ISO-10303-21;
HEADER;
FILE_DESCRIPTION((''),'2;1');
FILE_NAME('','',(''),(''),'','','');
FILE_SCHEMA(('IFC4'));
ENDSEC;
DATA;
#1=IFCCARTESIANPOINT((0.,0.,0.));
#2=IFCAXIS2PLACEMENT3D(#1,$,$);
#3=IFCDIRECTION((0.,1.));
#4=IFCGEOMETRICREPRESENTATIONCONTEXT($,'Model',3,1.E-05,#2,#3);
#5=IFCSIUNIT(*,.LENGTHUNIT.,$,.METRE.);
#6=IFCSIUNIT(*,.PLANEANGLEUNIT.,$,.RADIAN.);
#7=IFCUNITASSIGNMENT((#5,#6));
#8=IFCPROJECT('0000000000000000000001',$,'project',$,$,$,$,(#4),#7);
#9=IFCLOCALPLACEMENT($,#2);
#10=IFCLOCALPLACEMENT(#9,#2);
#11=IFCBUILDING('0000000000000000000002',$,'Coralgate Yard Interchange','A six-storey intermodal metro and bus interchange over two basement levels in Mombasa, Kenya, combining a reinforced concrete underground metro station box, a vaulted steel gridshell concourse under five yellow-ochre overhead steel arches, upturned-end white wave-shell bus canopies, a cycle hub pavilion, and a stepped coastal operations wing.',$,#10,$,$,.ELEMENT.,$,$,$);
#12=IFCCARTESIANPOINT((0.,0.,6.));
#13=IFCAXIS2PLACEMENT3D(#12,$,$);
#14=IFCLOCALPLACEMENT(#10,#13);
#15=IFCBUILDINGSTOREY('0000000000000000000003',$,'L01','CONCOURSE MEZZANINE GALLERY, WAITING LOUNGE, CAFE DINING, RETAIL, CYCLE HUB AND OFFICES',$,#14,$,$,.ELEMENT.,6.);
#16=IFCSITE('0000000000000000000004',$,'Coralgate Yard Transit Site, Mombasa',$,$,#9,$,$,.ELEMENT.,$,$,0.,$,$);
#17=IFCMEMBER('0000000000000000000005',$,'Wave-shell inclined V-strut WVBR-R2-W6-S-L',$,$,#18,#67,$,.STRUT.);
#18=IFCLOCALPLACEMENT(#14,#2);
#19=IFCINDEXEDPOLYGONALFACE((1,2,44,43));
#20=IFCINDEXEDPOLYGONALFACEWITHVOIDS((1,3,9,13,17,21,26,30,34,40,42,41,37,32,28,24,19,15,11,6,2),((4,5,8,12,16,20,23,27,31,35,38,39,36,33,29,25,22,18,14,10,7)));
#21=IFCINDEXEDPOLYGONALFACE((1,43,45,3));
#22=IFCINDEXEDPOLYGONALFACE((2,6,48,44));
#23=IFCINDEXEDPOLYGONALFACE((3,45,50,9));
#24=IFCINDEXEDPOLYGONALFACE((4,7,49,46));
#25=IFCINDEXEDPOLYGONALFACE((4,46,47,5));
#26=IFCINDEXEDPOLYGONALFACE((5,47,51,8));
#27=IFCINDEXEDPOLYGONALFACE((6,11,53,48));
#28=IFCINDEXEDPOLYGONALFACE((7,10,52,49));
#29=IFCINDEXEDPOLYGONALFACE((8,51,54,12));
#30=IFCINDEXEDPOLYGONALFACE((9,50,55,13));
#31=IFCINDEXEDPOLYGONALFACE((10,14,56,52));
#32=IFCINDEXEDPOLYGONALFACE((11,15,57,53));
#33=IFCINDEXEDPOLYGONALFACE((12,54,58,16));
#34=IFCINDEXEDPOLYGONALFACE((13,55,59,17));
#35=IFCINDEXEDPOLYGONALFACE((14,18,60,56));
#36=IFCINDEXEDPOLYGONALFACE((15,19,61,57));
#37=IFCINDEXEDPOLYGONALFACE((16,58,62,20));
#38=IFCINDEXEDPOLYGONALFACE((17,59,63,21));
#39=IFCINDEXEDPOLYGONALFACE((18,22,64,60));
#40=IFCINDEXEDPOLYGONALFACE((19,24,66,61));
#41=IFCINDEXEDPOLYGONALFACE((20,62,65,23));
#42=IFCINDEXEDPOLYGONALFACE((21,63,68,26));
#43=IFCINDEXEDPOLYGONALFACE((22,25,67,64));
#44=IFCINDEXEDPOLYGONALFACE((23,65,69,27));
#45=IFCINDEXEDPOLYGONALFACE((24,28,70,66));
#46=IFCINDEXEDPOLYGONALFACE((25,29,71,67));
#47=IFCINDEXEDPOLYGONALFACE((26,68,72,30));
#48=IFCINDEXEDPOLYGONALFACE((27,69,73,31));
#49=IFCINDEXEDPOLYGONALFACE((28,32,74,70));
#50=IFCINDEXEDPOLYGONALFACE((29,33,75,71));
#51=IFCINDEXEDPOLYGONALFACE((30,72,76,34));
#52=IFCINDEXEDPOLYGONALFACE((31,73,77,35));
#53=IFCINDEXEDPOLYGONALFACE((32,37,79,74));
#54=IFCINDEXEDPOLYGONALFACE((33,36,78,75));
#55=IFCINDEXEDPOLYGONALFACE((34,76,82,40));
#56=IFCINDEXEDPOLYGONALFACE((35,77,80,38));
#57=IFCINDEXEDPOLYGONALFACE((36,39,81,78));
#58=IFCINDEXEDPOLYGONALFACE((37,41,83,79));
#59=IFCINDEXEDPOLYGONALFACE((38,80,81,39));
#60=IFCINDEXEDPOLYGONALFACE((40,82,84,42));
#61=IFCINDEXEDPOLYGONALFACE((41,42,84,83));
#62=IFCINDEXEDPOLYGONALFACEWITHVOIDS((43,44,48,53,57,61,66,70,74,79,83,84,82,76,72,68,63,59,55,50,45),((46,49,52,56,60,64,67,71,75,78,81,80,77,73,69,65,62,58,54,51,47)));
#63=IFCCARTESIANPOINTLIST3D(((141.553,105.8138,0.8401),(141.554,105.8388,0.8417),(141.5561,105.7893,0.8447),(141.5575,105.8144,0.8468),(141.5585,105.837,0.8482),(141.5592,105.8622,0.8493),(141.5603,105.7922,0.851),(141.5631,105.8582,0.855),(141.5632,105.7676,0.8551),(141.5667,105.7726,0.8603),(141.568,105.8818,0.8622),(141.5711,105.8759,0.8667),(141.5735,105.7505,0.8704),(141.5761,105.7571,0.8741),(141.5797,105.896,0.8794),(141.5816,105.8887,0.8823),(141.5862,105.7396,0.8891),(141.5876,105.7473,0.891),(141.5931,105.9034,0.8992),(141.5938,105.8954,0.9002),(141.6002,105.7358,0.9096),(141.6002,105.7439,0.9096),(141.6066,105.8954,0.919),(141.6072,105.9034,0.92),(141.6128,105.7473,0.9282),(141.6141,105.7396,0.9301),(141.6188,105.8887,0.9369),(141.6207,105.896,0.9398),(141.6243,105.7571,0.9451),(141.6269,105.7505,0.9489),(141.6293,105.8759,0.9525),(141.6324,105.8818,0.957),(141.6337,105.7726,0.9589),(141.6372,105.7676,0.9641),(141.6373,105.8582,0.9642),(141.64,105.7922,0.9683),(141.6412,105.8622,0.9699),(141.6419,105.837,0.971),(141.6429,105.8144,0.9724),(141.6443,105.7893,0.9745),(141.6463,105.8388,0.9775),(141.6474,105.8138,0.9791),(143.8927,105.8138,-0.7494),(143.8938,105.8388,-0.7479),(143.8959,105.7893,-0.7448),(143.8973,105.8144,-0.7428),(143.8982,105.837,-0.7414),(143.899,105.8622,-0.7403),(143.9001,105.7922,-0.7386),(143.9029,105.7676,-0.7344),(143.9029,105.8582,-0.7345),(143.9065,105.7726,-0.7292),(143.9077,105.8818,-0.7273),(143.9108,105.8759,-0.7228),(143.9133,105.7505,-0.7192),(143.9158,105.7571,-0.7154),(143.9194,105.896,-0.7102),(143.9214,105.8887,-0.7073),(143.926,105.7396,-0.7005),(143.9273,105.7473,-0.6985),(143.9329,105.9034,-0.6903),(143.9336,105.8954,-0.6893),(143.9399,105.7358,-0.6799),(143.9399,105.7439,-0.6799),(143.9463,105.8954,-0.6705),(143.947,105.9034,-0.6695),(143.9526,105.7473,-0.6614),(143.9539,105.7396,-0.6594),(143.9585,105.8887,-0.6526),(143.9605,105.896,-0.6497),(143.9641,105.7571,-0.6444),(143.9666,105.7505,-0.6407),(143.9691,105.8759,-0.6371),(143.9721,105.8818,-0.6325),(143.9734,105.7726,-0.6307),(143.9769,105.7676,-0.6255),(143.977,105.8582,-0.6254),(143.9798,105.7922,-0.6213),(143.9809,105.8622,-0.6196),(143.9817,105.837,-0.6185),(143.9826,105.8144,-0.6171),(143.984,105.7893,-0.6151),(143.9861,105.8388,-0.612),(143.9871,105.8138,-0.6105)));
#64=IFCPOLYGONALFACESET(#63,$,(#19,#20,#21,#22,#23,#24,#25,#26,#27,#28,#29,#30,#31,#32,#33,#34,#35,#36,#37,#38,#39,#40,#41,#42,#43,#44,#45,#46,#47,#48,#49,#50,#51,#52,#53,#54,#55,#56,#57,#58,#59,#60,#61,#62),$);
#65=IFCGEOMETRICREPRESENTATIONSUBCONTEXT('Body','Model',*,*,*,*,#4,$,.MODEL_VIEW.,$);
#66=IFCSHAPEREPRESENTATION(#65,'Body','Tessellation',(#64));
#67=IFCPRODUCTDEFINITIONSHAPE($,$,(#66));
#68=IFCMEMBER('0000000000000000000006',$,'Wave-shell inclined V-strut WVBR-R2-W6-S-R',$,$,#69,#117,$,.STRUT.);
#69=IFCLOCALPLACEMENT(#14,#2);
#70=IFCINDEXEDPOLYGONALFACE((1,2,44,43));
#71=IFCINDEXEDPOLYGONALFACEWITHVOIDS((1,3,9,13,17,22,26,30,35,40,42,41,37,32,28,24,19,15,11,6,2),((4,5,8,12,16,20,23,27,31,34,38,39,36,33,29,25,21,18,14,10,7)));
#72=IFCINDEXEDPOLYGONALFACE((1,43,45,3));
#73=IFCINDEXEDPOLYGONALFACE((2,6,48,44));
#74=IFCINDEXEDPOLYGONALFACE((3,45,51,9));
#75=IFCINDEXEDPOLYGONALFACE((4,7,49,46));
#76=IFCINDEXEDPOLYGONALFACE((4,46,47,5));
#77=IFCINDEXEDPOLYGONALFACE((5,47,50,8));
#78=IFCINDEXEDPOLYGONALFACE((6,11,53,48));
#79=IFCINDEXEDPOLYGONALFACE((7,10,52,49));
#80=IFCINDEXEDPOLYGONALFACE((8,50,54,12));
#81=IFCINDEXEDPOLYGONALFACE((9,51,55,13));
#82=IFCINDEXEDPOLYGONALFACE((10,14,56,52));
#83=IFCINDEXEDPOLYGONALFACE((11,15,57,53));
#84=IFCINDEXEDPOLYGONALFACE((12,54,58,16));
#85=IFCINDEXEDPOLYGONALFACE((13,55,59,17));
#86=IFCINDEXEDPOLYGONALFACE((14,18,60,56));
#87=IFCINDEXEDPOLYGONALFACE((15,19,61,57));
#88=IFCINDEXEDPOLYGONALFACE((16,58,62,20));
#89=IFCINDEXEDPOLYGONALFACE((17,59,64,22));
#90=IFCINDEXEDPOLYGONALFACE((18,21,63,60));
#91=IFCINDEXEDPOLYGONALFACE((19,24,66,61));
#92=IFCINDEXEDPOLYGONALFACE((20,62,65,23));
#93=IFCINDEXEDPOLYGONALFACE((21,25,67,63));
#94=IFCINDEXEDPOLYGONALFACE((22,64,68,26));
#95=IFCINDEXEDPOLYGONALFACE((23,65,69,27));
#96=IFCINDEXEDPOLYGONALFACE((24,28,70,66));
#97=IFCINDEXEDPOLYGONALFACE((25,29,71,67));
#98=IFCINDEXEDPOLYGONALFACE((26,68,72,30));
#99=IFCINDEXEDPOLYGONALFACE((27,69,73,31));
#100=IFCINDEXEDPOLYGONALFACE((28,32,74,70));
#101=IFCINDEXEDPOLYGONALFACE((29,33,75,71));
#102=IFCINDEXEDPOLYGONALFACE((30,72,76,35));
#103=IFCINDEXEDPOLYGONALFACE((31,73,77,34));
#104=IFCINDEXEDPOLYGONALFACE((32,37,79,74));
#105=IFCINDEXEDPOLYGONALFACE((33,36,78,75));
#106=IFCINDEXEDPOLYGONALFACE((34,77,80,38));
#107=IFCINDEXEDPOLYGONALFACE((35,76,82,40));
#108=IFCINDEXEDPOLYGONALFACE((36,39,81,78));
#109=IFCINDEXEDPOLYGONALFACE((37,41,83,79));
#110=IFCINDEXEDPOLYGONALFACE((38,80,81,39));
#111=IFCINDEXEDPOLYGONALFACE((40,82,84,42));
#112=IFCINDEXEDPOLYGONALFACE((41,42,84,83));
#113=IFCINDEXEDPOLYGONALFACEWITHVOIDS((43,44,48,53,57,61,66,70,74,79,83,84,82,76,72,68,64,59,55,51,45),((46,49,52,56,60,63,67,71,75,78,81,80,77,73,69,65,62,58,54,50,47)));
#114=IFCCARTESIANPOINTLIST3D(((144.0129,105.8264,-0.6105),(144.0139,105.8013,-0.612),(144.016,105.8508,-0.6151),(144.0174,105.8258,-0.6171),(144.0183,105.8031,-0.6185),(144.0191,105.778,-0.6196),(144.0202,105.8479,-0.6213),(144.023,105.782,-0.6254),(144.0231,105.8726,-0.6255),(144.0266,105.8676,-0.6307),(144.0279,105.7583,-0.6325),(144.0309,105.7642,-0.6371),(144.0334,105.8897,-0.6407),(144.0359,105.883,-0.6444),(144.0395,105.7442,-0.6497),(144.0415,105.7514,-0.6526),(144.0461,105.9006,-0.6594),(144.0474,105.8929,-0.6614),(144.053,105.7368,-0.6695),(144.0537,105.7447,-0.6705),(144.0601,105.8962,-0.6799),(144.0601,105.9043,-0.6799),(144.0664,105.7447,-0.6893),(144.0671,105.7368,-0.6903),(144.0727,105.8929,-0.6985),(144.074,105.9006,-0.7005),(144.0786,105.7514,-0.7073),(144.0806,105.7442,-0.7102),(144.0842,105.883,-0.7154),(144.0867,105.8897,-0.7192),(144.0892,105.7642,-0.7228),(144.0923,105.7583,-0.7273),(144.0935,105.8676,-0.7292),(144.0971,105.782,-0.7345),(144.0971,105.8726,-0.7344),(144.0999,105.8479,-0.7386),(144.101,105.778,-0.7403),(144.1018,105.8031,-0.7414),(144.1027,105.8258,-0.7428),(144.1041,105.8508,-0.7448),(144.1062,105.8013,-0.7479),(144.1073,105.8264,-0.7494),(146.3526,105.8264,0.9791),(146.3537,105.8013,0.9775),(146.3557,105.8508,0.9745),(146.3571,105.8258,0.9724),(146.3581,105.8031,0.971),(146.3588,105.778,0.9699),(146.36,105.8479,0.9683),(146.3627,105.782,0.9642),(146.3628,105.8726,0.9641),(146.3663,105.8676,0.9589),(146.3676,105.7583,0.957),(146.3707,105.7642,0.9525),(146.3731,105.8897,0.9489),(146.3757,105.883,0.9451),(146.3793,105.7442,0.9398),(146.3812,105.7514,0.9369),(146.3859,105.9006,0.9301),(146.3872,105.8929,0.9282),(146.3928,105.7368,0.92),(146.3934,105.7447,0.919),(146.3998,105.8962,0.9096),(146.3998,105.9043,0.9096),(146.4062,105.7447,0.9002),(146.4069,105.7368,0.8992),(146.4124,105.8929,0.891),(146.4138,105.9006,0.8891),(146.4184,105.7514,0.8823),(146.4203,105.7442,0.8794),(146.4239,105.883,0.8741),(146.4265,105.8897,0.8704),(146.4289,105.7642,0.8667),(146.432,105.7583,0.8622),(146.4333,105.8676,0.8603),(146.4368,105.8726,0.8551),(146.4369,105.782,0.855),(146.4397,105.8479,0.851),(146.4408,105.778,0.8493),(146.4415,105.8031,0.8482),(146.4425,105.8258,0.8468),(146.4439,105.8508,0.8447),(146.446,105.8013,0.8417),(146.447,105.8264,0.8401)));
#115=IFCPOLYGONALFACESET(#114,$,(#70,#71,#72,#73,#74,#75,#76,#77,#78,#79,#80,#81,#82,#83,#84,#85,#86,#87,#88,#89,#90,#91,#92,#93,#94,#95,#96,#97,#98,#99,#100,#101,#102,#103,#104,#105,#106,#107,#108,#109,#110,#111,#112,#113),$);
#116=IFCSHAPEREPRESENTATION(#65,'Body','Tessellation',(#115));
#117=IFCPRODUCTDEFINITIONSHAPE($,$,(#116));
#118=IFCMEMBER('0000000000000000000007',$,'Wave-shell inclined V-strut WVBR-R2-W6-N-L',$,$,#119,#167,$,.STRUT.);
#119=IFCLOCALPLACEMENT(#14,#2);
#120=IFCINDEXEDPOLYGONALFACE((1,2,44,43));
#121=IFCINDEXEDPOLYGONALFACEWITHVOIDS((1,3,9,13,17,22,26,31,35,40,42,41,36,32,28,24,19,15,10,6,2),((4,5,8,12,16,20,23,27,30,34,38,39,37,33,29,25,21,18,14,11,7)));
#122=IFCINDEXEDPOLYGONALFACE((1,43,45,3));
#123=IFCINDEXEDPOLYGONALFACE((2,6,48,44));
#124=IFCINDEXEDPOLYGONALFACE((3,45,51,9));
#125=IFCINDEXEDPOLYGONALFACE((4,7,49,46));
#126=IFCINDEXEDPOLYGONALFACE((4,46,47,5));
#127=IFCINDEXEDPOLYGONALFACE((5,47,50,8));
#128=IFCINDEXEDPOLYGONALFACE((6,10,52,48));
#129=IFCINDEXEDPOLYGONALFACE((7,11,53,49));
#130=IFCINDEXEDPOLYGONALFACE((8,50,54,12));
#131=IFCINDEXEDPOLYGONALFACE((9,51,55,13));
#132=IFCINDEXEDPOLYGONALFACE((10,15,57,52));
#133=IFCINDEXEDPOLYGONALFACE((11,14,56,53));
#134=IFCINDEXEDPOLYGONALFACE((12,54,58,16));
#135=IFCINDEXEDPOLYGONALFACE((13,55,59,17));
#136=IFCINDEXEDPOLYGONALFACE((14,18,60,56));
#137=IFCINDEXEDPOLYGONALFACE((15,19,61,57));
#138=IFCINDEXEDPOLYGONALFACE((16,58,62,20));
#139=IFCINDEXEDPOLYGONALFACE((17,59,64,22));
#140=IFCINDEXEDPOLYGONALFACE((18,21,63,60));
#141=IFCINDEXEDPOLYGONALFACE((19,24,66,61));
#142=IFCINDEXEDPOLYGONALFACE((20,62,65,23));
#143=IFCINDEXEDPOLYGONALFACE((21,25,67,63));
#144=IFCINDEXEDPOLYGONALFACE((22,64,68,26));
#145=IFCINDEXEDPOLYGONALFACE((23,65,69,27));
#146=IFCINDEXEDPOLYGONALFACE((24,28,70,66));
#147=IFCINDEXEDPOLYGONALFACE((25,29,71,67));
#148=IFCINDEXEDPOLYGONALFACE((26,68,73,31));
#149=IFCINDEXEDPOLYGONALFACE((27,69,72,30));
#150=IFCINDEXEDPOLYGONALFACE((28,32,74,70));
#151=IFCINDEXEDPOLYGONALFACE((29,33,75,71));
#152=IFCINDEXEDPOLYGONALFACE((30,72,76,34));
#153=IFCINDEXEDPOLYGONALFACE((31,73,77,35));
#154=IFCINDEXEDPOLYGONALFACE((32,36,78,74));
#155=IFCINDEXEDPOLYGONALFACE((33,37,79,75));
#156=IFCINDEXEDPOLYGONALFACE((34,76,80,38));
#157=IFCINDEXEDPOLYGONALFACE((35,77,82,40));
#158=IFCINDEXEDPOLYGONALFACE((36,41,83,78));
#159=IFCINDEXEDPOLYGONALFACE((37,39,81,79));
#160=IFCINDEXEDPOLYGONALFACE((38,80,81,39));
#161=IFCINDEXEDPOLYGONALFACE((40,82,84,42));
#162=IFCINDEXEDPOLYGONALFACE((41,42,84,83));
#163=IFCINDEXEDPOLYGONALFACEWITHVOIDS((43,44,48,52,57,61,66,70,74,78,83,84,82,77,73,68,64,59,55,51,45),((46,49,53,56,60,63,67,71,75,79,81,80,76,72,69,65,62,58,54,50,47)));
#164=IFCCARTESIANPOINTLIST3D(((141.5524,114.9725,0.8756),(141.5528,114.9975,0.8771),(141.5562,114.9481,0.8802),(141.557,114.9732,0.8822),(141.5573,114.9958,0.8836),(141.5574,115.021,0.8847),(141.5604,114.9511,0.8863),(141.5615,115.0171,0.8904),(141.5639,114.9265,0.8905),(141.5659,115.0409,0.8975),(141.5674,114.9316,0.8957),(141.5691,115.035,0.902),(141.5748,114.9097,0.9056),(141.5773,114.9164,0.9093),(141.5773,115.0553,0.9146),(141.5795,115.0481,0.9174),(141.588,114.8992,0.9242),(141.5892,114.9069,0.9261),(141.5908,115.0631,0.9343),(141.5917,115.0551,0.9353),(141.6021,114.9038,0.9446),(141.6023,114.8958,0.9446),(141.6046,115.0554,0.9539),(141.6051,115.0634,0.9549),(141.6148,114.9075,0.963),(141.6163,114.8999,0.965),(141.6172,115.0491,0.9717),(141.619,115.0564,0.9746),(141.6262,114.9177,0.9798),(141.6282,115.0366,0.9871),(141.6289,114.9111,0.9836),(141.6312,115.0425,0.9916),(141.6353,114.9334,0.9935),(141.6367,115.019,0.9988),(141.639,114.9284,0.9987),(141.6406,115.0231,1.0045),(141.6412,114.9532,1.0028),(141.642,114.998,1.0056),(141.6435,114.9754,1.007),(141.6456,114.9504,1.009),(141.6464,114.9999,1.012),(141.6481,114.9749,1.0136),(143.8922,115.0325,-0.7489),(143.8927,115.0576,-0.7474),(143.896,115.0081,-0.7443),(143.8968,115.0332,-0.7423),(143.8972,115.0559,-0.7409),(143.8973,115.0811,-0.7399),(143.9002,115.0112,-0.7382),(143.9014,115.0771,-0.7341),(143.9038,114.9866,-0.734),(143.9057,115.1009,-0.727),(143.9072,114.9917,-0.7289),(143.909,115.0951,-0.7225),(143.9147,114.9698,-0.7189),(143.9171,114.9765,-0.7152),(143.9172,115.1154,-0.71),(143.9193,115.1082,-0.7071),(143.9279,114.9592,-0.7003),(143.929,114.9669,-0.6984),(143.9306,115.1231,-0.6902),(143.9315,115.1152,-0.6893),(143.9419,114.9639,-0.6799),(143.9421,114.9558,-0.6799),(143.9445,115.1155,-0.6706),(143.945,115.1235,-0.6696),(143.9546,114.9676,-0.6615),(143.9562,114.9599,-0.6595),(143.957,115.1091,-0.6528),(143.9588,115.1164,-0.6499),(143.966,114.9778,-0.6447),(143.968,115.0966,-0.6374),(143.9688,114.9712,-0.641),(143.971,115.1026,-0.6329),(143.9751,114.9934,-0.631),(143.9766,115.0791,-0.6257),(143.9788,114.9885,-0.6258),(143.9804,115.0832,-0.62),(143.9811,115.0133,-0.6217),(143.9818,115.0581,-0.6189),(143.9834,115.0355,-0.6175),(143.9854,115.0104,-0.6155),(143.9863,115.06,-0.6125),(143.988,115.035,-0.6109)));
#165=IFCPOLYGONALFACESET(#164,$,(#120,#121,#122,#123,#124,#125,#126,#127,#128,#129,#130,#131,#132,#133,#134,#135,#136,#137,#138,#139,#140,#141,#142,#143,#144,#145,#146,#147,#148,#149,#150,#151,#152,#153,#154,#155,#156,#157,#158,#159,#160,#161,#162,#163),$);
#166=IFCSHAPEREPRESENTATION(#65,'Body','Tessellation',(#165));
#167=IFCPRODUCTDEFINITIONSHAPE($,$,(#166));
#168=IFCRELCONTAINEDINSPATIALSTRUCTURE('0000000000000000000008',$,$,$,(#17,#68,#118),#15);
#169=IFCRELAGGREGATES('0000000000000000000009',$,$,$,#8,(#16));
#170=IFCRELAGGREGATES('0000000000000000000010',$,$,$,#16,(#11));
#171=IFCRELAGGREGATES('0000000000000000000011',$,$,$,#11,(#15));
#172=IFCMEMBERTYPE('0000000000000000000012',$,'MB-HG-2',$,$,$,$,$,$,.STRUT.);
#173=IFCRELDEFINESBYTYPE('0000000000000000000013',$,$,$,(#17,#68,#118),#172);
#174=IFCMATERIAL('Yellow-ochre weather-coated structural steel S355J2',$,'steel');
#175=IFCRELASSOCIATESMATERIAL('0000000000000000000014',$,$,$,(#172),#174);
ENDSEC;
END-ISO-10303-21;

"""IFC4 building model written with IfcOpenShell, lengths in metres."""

from ifc_helpers import new_model, si_unit, direction, frame, origin, origin_2d, place, context, subcontext, project, spatial, hollow_circle, extrude, material, material_profile, profile_set, type_object, element, save


model = new_model("IFC4")

# Units and contexts
model_context = context("Model", 3, precision=1e-05, world=origin(), true_north=direction((0.0, 1.0)))
body_context = subcontext(model_context, "Body", "Model", "MODEL_VIEW")
ifc_project = project(units=[si_unit("LENGTHUNIT", "METRE"), si_unit("PLANEANGLEUNIT", "RADIAN")], contexts=[model_context])

# Site, building, storey
site_placement = place(None, origin())
site = spatial("IfcSite", under=ifc_project, at=site_placement, Name="Coralgate Yard Transit Site, Mombasa", CompositionType="ELEMENT", RefElevation=0.0)
building_placement = place(site_placement, origin())
building = spatial("IfcBuilding", under=site, at=building_placement, Name="Coralgate Yard Interchange", Description="A six-storey intermodal metro and bus interchange over two basement levels in Mombasa, Kenya, combining a reinforced concrete underground metro station box, a vaulted steel gridshell concourse under five yellow-ochre overhead steel arches, upturned-end white wave-shell bus canopies, a cycle hub pavilion, and a stepped coastal operations wing.", CompositionType="ELEMENT")
storey_placement = place(building_placement, frame((0.0, 0.0, 6.0)))
storey = spatial("IfcBuildingStorey", under=building, at=storey_placement, Name="L01", Description="CONCOURSE MEZZANINE GALLERY, WAITING LOUNGE, CAFE DINING, RETAIL, CYCLE HUB AND OFFICES", CompositionType="ELEMENT", Elevation=6.0)

# Members
ifc_material_1 = material(Name="Yellow-ochre weather-coated structural steel S355J2", Category="steel")
ifc_material_profile_1 = material_profile(ifc_material_1, hollow_circle(Radius=0.0842, WallThickness=0.0081, at=origin_2d()), Name="CHS 168.3x8")
ifc_profile_set_1 = profile_set([ifc_material_profile_1], Name="Yellow-ochre weather-coated structural steel S355J2")
member_type_1 = type_object("IfcMemberType", Name="MB-HG-2", PredefinedType="STRUT", material=ifc_profile_set_1)
for number, where, z_axis, x_axis, name in (
    (1, (143.9399, 105.8201, -0.6799), (-0.827172, 0.0, 0.561949), (0.0, -1.0, 0.0), "Wave-shell inclined V-strut WVBR-R2-W6-S-L"),
    (2, (144.0601, 105.8201, -0.6799), (0.827172, 0.0, 0.561949), (0.0, 1.0, 0.0), "Wave-shell inclined V-strut WVBR-R2-W6-S-R"),
):
    element("IfcMember", number, at=place(storey_placement, frame(where, z_axis=z_axis, x_axis=x_axis)), inside=storey, type_object=member_type_1, Name=name, PredefinedType="STRUT", context=body_context, shape_type="SweptSolid", body=[
        extrude(hollow_circle(Radius=0.0842, WallThickness=0.0081, at=origin_2d()), origin(), (0.0, 0.0, 1.0), 2.8286),
    ])
for number, where, z_axis, x_axis, name in (
    (3, (143.9399, 115.04, -0.6799), (-0.82125, -0.02108, 0.570179), (0.025659, -0.999671, 0.0), "Wave-shell inclined V-strut WVBR-R2-W6-N-L"),
):
    element("IfcMember", number, at=place(storey_placement, frame(where, z_axis=z_axis, x_axis=x_axis)), inside=storey, type_object=member_type_1, Name=name, PredefinedType="STRUT", context=body_context, shape_type="SweptSolid", body=[
        extrude(hollow_circle(Radius=0.0842, WallThickness=0.0081, at=origin_2d()), origin(), (0.0, 0.0, 1.0), 2.8491),
    ])

save(model, "model.ifc")
